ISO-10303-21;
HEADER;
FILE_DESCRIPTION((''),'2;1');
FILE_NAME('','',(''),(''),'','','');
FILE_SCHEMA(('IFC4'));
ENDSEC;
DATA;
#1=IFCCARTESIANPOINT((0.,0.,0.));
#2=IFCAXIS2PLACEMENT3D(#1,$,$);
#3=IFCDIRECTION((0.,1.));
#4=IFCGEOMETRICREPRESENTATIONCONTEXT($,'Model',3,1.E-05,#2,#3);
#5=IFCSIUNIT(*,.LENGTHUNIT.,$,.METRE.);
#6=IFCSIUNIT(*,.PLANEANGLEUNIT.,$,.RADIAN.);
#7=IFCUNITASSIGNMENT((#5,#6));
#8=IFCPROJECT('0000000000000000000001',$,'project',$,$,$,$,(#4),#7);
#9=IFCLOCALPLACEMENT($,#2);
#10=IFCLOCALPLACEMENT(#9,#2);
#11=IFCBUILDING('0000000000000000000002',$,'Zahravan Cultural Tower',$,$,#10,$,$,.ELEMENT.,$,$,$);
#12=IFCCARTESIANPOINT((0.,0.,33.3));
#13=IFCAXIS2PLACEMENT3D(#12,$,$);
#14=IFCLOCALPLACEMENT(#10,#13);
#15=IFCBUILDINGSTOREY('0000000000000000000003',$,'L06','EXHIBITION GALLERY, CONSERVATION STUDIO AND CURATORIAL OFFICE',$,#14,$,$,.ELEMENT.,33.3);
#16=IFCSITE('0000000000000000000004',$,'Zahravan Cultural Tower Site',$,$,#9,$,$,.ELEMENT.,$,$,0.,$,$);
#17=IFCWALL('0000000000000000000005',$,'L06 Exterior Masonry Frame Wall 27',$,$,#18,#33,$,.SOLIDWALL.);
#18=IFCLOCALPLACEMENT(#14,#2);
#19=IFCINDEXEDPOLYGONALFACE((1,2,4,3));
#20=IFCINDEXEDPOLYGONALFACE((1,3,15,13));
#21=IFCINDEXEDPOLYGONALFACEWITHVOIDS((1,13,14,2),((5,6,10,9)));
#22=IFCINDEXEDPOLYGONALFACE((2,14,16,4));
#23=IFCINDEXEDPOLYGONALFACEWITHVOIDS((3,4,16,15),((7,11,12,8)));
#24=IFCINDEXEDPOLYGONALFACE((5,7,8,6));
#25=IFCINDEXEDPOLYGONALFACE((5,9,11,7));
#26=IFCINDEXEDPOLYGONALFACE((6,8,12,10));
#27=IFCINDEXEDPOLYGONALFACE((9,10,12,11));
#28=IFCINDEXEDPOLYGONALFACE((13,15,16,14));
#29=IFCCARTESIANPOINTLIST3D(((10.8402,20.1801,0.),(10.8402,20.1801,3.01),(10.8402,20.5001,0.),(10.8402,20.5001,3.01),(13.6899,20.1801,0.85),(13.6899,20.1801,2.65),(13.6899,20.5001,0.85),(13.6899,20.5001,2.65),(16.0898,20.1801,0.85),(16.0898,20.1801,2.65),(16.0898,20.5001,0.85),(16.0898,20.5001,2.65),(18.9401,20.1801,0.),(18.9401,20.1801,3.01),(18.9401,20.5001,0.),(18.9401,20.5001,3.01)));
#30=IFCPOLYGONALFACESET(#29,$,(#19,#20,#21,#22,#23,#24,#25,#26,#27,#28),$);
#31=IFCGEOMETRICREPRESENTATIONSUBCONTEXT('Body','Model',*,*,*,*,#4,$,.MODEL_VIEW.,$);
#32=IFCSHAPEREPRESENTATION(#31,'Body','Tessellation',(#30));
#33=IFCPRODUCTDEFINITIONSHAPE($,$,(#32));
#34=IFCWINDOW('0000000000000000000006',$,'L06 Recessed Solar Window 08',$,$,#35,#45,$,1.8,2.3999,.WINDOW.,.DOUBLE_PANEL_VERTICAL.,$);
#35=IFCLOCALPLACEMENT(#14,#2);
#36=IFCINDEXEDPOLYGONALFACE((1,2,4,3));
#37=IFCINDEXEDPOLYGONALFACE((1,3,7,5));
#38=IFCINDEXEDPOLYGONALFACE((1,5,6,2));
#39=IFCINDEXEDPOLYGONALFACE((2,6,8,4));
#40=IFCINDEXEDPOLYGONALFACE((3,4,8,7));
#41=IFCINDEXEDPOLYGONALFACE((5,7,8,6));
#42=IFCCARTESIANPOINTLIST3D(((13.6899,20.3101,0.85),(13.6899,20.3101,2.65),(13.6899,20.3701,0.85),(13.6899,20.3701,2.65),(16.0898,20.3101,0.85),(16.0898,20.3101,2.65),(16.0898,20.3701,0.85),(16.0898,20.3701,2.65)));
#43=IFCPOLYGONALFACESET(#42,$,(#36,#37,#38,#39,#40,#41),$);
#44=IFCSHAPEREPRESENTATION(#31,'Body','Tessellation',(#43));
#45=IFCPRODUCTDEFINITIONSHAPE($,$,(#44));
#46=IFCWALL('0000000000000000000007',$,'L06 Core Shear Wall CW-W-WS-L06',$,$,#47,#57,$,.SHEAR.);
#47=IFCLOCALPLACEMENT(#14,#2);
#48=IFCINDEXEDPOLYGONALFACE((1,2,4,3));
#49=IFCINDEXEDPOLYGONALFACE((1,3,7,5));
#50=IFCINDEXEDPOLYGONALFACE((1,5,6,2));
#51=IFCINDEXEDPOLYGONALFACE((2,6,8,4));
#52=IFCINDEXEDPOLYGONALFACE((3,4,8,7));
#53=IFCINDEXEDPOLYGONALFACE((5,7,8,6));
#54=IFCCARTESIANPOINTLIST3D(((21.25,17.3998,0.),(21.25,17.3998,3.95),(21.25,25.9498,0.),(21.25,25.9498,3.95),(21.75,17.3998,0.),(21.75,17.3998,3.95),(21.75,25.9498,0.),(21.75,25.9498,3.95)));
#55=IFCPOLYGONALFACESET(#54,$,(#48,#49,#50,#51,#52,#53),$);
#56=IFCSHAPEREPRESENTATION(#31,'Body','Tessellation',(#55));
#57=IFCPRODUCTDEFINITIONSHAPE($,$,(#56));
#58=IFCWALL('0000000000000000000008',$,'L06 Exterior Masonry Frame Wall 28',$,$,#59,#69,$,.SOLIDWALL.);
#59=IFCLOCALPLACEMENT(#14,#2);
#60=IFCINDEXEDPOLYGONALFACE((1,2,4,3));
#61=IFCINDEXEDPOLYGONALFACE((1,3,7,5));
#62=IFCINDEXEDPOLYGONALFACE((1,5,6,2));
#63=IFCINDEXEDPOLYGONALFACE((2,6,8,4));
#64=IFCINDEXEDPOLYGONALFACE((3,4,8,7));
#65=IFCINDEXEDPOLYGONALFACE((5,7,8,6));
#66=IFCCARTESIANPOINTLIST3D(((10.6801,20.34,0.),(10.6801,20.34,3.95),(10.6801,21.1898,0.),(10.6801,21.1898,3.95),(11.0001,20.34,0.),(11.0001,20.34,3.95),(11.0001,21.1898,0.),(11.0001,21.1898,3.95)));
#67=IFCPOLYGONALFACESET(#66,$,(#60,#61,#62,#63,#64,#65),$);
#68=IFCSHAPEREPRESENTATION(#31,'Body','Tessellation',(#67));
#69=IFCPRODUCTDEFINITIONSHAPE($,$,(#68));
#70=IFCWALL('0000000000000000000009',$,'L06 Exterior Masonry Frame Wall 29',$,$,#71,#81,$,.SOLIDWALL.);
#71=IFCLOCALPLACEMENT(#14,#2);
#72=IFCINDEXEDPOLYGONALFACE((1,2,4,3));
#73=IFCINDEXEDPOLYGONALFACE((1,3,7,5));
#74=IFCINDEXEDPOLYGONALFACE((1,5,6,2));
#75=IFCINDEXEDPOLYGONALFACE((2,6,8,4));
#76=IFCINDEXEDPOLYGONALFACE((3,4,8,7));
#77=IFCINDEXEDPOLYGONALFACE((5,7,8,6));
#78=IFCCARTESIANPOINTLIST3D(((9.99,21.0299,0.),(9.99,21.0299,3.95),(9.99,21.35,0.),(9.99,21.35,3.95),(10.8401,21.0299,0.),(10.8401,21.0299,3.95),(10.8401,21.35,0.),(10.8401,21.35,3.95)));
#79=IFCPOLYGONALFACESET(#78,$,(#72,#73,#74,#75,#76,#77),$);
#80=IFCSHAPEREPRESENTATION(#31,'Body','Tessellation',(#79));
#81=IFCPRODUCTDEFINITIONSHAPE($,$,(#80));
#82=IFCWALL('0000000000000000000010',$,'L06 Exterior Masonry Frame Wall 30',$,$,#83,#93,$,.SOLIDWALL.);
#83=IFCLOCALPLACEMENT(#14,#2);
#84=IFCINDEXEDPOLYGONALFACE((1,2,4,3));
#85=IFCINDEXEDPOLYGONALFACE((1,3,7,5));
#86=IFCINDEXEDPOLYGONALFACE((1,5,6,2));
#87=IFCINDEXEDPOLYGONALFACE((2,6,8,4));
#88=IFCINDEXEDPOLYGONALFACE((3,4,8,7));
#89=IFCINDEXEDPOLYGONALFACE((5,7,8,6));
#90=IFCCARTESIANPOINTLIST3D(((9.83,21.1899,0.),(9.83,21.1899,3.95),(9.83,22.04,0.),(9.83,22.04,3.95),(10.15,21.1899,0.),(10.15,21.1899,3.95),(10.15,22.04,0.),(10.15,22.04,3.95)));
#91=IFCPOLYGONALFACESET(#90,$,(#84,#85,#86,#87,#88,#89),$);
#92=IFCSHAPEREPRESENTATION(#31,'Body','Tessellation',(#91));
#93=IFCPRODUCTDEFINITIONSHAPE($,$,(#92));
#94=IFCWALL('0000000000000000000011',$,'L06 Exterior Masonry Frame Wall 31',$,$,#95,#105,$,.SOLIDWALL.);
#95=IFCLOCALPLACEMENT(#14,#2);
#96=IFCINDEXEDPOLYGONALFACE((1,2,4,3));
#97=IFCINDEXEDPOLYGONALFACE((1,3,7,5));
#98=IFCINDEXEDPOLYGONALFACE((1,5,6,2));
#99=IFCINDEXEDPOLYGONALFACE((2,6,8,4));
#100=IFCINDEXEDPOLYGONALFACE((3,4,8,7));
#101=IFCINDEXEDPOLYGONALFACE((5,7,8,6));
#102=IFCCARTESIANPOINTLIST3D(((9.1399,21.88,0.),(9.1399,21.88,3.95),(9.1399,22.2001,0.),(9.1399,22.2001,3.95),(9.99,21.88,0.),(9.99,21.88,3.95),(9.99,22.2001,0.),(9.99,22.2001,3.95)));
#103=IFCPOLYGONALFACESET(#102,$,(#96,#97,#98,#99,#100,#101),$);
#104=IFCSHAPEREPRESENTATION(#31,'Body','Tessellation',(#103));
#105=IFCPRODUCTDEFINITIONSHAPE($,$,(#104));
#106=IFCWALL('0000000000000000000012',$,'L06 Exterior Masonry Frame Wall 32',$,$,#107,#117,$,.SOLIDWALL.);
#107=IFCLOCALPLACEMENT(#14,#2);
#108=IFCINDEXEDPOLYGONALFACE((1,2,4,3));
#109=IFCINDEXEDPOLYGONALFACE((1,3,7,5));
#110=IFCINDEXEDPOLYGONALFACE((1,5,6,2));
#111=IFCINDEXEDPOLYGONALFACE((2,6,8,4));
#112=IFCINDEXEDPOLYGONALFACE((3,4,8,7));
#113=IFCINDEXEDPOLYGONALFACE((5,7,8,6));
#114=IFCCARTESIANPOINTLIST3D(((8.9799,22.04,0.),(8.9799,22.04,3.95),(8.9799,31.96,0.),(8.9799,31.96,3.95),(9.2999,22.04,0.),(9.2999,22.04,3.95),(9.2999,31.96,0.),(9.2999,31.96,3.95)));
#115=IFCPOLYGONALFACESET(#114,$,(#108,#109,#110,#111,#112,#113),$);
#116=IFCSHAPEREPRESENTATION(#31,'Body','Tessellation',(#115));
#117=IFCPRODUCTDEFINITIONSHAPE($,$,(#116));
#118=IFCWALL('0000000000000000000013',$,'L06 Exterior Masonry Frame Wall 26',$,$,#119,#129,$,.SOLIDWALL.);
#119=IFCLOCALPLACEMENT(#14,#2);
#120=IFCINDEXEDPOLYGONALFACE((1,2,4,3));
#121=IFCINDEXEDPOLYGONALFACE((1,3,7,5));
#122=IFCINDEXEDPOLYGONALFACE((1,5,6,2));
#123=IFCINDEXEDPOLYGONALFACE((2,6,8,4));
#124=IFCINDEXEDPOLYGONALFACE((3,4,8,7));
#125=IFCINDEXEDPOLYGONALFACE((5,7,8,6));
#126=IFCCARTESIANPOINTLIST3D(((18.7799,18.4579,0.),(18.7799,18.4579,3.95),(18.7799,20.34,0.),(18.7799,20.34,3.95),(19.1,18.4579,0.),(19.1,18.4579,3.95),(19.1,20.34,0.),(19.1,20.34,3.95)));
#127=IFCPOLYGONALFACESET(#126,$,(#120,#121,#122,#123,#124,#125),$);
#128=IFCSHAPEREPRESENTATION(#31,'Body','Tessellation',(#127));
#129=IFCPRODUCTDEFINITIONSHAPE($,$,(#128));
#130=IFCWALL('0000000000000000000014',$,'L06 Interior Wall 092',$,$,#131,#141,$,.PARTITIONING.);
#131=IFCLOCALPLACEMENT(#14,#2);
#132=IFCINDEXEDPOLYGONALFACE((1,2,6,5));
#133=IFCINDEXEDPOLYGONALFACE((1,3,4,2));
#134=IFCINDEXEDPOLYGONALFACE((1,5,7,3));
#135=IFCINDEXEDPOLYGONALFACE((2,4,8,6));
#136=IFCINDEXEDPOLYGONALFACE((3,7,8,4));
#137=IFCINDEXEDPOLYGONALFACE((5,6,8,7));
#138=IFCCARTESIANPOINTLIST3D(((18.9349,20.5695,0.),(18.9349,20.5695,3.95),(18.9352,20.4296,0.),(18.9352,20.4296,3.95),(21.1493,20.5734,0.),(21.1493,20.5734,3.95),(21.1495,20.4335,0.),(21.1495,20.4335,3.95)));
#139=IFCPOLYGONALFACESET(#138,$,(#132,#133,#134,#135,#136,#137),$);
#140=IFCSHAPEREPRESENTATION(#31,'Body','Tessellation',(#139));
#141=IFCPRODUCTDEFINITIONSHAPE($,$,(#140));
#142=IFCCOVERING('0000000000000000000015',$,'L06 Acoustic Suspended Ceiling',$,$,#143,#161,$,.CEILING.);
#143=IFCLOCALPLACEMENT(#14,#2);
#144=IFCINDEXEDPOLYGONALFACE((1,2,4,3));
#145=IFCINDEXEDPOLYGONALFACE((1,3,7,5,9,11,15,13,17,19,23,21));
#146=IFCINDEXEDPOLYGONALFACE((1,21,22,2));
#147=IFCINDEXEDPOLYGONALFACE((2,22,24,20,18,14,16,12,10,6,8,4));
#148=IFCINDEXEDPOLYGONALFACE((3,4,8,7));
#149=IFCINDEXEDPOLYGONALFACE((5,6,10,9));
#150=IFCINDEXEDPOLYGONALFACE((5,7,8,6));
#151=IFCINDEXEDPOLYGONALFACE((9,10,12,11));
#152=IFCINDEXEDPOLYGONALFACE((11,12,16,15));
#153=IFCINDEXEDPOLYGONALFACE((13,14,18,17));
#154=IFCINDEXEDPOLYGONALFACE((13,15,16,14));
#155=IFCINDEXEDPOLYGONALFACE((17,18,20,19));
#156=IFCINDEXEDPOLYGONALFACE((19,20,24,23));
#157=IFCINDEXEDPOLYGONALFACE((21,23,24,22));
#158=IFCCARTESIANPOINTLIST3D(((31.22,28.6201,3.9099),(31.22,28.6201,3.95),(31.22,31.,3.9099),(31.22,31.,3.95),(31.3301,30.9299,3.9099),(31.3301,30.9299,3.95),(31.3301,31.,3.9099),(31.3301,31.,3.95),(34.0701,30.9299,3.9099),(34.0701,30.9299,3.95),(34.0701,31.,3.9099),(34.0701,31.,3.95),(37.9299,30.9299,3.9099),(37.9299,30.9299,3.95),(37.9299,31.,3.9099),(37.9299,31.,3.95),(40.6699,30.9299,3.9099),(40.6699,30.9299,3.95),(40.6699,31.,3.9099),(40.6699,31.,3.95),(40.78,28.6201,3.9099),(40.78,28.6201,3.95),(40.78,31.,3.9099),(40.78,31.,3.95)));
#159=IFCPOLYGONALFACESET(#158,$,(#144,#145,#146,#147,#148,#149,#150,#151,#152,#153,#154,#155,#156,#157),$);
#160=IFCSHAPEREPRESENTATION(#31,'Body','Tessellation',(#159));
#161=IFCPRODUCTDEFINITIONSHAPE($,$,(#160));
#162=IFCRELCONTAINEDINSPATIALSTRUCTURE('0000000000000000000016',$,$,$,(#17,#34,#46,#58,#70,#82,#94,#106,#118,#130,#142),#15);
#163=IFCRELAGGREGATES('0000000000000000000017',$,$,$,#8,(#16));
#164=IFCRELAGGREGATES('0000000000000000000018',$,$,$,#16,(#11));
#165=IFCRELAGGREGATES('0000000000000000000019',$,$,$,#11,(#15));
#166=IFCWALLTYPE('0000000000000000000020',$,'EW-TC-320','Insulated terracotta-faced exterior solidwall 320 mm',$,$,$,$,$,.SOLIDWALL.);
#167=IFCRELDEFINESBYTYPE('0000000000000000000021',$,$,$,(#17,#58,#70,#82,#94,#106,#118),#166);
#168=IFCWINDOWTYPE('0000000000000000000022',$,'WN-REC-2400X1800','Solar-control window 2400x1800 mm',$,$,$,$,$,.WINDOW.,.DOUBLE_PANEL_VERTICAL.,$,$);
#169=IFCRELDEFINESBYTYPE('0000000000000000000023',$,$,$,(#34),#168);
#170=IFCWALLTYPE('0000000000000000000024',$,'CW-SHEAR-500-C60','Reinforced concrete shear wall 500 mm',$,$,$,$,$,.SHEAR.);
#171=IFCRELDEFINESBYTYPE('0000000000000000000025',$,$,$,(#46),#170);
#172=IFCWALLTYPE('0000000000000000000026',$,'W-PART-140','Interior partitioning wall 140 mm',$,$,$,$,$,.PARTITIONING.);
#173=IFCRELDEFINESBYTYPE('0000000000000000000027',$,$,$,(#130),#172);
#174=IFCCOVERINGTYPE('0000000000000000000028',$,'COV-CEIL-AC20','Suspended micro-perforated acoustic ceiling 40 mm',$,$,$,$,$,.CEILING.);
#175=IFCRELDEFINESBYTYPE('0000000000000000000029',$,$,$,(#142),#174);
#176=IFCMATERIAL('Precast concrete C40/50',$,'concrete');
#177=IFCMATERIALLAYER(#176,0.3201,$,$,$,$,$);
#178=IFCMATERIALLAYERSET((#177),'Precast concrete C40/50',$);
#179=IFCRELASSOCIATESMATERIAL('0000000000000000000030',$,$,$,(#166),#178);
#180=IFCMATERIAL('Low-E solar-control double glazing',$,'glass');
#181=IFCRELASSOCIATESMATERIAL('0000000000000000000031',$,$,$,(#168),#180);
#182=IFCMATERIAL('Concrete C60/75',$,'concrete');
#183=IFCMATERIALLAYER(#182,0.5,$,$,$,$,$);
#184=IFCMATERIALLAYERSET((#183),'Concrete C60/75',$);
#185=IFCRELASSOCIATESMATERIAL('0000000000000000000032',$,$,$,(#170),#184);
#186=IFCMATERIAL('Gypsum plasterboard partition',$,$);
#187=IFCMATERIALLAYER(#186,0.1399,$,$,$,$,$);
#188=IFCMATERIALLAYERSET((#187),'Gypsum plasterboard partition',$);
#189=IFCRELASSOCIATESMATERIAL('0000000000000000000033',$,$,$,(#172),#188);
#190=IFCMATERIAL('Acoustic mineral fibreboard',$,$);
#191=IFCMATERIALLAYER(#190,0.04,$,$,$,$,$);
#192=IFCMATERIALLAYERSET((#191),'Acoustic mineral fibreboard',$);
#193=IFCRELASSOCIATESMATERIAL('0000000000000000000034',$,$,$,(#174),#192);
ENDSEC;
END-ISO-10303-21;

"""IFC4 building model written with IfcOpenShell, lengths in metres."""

from ifc_helpers import new_model, si_unit, direction, frame, frame_2d, origin, place, context, subcontext, project, spatial, polyline, rectangle, outline, extrude, source, transform, mapped, material, layer, layer_set, type_object, element, fill, save


model = new_model("IFC4")

# Units and contexts
model_context = context("Model", 3, precision=1e-05, world=origin(), true_north=direction((0.0, 1.0)))
body_context = subcontext(model_context, "Body", "Model", "MODEL_VIEW")
ifc_project = project(units=[si_unit("LENGTHUNIT", "METRE"), si_unit("PLANEANGLEUNIT", "RADIAN")], contexts=[model_context])

# Site, building, storey
site_placement = place(None, origin())
site = spatial("IfcSite", under=ifc_project, at=site_placement, Name="Zahravan Cultural Tower Site", CompositionType="ELEMENT", RefElevation=0.0)
building_placement = place(site_placement, origin())
building = spatial("IfcBuilding", under=site, at=building_placement, Name="Zahravan Cultural Tower", CompositionType="ELEMENT")
storey_placement = place(building_placement, frame((0.0, 0.0, 33.3)))
storey = spatial("IfcBuildingStorey", under=building, at=storey_placement, Name="L06", Description="EXHIBITION GALLERY, CONSERVATION STUDIO AND CURATORIAL OFFICE", CompositionType="ELEMENT", Elevation=33.3)

# Wall, opening, window
ifc_material_1 = material(Name="Precast concrete C40/50", Category="concrete")
ifc_layer_1 = layer(ifc_material_1, 0.3201)
ifc_layer_set_1 = layer_set([ifc_layer_1], Name="Precast concrete C40/50")
wall_type_1 = type_object("IfcWallType", Name="EW-TC-320", Description="Insulated terracotta-faced exterior solidwall 320 mm", PredefinedType="SOLIDWALL", material=ifc_layer_set_1)
wall_1_placement = place(storey_placement, frame((18.9399, 20.3401, 0.0), z_axis=(0.0, 0.0, 1.0), x_axis=(-1.0, 0.0, 0.0)))
wall_1 = element("IfcWall", 1, at=wall_1_placement, inside=storey, type_object=wall_type_1, Name="L06 Exterior Masonry Frame Wall 27", PredefinedType="SOLIDWALL", context=body_context, shape_type="SweptSolid", body=[
    extrude(rectangle(XDim=8.0999, YDim=0.3201, at=frame_2d((4.0498, 0.0))), origin(), (0.0, 0.0, 1.0), 3.01),
])
opening_placement = place(wall_1_placement, frame((2.8501, 0.0, 0.8501)))
opening = element("IfcOpeningElement", 2, at=opening_placement, cuts=wall_1, PredefinedType="OPENING", context=body_context, shape_type="SweptSolid", body=[
    extrude(rectangle(XDim=2.3999, YDim=1.8, at=frame_2d((1.2, 0.8999))), frame((0.0, 0.1699, 0.0), z_axis=(0.0, -1.0, 0.0), x_axis=(1.0, 0.0, 0.0)), (0.0, 0.0, 1.0), 0.3401),
])
ifc_material_2 = material(Name="Low-E solar-control double glazing", Category="glass")
window_type = type_object("IfcWindowType", Name="WN-REC-2400X1800", Description="Solar-control window 2400x1800 mm", PartitioningType="DOUBLE_PANEL_VERTICAL", PredefinedType="WINDOW", material=ifc_material_2)
shared_shape_1 = source(origin(), body_context, "Body", "SweptSolid", [
    extrude(rectangle(XDim=2.3999, YDim=1.8, at=frame_2d((1.2, 0.8999))), frame((0.0, 0.03, 0.0), z_axis=(0.0, -1.0, 0.0), x_axis=(1.0, 0.0, 0.0)), (0.0, 0.0, 1.0), 0.0601),
])
window_placement = place(opening_placement, origin())
window = element("IfcWindow", 3, at=window_placement, inside=storey, type_object=window_type, Name="L06 Recessed Solar Window 08", OverallHeight=1.8, OverallWidth=2.3999, PartitioningType="DOUBLE_PANEL_VERTICAL", PredefinedType="WINDOW", context=body_context, shape_type="MappedRepresentation", body=[
    mapped(shared_shape_1, transform((0.0, 0.0, 0.0), x_axis=(1.0, 0.0, 0.0), y_axis=(0.0, 1.0, 0.0), z_axis=(0.0, 0.0, 1.0), scale=1.0)),
])
fill(opening, window)

# Walls
ifc_material_3 = material(Name="Concrete C60/75", Category="concrete")
ifc_layer_2 = layer(ifc_material_3, 0.5)
ifc_layer_set_2 = layer_set([ifc_layer_2], Name="Concrete C60/75")
wall_type_2 = type_object("IfcWallType", Name="CW-SHEAR-500-C60", Description="Reinforced concrete shear wall 500 mm", PredefinedType="SHEAR", material=ifc_layer_set_2)
shared_shape_2 = source(origin(), body_context, "Body", "SweptSolid", [
    extrude(rectangle(XDim=8.55, YDim=0.5, at=frame_2d((4.2749, 0.0))), origin(), (0.0, 0.0, 1.0), 3.95),
])
wall_2_placement = place(storey_placement, frame((21.5, 17.3999, 0.0), z_axis=(0.0, 0.0, 1.0), x_axis=(0.0, 1.0, 0.0)))
element("IfcWall", 4, at=wall_2_placement, inside=storey, type_object=wall_type_2, Name="L06 Core Shear Wall CW-W-WS-L06", PredefinedType="SHEAR", context=body_context, shape_type="MappedRepresentation", body=[
    mapped(shared_shape_2, transform((0.0, 0.0, 0.0), x_axis=(1.0, 0.0, 0.0), y_axis=(0.0, 1.0, 0.0), z_axis=(0.0, 0.0, 1.0), scale=1.0)),
])
shared_shape_3 = source(origin(), body_context, "Body", "SweptSolid", [
    extrude(rectangle(XDim=0.8499, YDim=0.3201, at=frame_2d((0.4248, 0.0))), origin(), (0.0, 0.0, 1.0), 3.95),
])
wall_3_placement = place(storey_placement, frame((10.8401, 20.3401, 0.0), z_axis=(0.0, 0.0, 1.0), x_axis=(0.0, 1.0, 0.0)))
element("IfcWall", 5, at=wall_3_placement, inside=storey, type_object=wall_type_1, Name="L06 Exterior Masonry Frame Wall 28", PredefinedType="SOLIDWALL", context=body_context, shape_type="MappedRepresentation", body=[
    mapped(shared_shape_3, transform((0.0, 0.0, 0.0), x_axis=(1.0, 0.0, 0.0), y_axis=(0.0, 1.0, 0.0), z_axis=(0.0, 0.0, 1.0), scale=1.0)),
])
shared_shape_4 = source(origin(), body_context, "Body", "SweptSolid", [
    extrude(rectangle(XDim=0.8501, YDim=0.3201, at=frame_2d((0.425, 0.0))), origin(), (0.0, 0.0, 1.0), 3.95),
])
for number, where, z_axis, x_axis, name in (
    (6, (10.8401, 21.1899, 0.0), (0.0, 0.0, 1.0), (-1.0, 0.0, 0.0), "L06 Exterior Masonry Frame Wall 29"),
    (7, (9.99, 21.1899, 0.0), (0.0, 0.0, 1.0), (0.0, 1.0, 0.0), "L06 Exterior Masonry Frame Wall 30"),
    (8, (9.99, 22.04, 0.0), (0.0, 0.0, 1.0), (-1.0, 0.0, 0.0), "L06 Exterior Masonry Frame Wall 31"),
):
    element("IfcWall", number, at=place(storey_placement, frame(where, z_axis=z_axis, x_axis=x_axis)), inside=storey, type_object=wall_type_1, Name=name, PredefinedType="SOLIDWALL", context=body_context, shape_type="MappedRepresentation", body=[
        mapped(shared_shape_4, transform((0.0, 0.0, 0.0), x_axis=(1.0, 0.0, 0.0), y_axis=(0.0, 1.0, 0.0), z_axis=(0.0, 0.0, 1.0), scale=1.0)),
    ])
shared_shape_5 = source(origin(), body_context, "Body", "SweptSolid", [
    extrude(rectangle(XDim=9.9199, YDim=0.3201, at=frame_2d((4.96, 0.0))), origin(), (0.0, 0.0, 1.0), 3.95),
])
wall_4_placement = place(storey_placement, frame((9.1399, 22.04, 0.0), z_axis=(0.0, 0.0, 1.0), x_axis=(0.0, 1.0, 0.0)))
element("IfcWall", 9, at=wall_4_placement, inside=storey, type_object=wall_type_1, Name="L06 Exterior Masonry Frame Wall 32", PredefinedType="SOLIDWALL", context=body_context, shape_type="MappedRepresentation", body=[
    mapped(shared_shape_5, transform((0.0, 0.0, 0.0), x_axis=(1.0, 0.0, 0.0), y_axis=(0.0, 1.0, 0.0), z_axis=(0.0, 0.0, 1.0), scale=1.0)),
])
shared_shape_6 = source(origin(), body_context, "Body", "SweptSolid", [
    extrude(rectangle(XDim=1.8821, YDim=0.3201, at=frame_2d((0.9409, 0.0))), origin(), (0.0, 0.0, 1.0), 3.95),
])
wall_5_placement = place(storey_placement, frame((18.9399, 18.458, 0.0), z_axis=(0.0, 0.0, 1.0), x_axis=(0.0, 1.0, 0.0)))
element("IfcWall", 10, at=wall_5_placement, inside=storey, type_object=wall_type_1, Name="L06 Exterior Masonry Frame Wall 26", PredefinedType="SOLIDWALL", context=body_context, shape_type="MappedRepresentation", body=[
    mapped(shared_shape_6, transform((0.0, 0.0, 0.0), x_axis=(1.0, 0.0, 0.0), y_axis=(0.0, 1.0, 0.0), z_axis=(0.0, 0.0, 1.0), scale=1.0)),
])
ifc_material_4 = material(Name="Gypsum plasterboard partition")
ifc_layer_3 = layer(ifc_material_4, 0.1399)
ifc_layer_set_3 = layer_set([ifc_layer_3], Name="Gypsum plasterboard partition")
wall_type_3 = type_object("IfcWallType", Name="W-PART-140", Description="Interior partitioning wall 140 mm", PredefinedType="PARTITIONING", material=ifc_layer_set_3)
shared_shape_7 = source(origin(), body_context, "Body", "SweptSolid", [
    extrude(rectangle(XDim=2.2144, YDim=0.1399, at=frame_2d((1.1072, 0.0))), origin(), (0.0, 0.0, 1.0), 3.95),
])
wall_6_placement = place(storey_placement, frame((18.9351, 20.4995, 0.0), z_axis=(0.0, 0.0, 1.0), x_axis=(0.999998, 0.001764, 0.0)))
element("IfcWall", 11, at=wall_6_placement, inside=storey, type_object=wall_type_3, Name="L06 Interior Wall 092", PredefinedType="PARTITIONING", context=body_context, shape_type="MappedRepresentation", body=[
    mapped(shared_shape_7, transform((0.0, 0.0, 0.0), x_axis=(1.0, 0.0, 0.0), y_axis=(0.0, 1.0, 0.0), z_axis=(0.0, 0.0, 1.0), scale=1.0)),
])

# Covering
ifc_material_5 = material(Name="Acoustic mineral fibreboard")
ifc_layer_4 = layer(ifc_material_5, 0.04)
ifc_layer_set_4 = layer_set([ifc_layer_4], Name="Acoustic mineral fibreboard")
covering_type_1 = type_object("IfcCoveringType", Name="COV-CEIL-AC20", Description="Suspended micro-perforated acoustic ceiling 40 mm", PredefinedType="CEILING", material=ifc_layer_set_4)
covering_1_placement = place(storey_placement, frame((0.0, 0.0, 3.9099)))
element("IfcCovering", 12, at=covering_1_placement, inside=storey, type_object=covering_type_1, Name="L06 Acoustic Suspended Ceiling", PredefinedType="CEILING", context=body_context, shape_type="SweptSolid", body=[
    extrude(outline(polyline([(31.22, 31.0), (31.22, 28.6201), (40.78, 28.6201), (40.78, 31.0), (40.6699, 31.0), (40.6699, 30.9299), (37.9299, 30.9299), (37.9299, 31.0), (34.0701, 31.0), (34.0701, 30.9299), (31.3301, 30.9299), (31.3301, 31.0), (31.22, 31.0)])), origin(), (0.0, 0.0, 1.0), 0.04),
])

save(model, "model.ifc")
